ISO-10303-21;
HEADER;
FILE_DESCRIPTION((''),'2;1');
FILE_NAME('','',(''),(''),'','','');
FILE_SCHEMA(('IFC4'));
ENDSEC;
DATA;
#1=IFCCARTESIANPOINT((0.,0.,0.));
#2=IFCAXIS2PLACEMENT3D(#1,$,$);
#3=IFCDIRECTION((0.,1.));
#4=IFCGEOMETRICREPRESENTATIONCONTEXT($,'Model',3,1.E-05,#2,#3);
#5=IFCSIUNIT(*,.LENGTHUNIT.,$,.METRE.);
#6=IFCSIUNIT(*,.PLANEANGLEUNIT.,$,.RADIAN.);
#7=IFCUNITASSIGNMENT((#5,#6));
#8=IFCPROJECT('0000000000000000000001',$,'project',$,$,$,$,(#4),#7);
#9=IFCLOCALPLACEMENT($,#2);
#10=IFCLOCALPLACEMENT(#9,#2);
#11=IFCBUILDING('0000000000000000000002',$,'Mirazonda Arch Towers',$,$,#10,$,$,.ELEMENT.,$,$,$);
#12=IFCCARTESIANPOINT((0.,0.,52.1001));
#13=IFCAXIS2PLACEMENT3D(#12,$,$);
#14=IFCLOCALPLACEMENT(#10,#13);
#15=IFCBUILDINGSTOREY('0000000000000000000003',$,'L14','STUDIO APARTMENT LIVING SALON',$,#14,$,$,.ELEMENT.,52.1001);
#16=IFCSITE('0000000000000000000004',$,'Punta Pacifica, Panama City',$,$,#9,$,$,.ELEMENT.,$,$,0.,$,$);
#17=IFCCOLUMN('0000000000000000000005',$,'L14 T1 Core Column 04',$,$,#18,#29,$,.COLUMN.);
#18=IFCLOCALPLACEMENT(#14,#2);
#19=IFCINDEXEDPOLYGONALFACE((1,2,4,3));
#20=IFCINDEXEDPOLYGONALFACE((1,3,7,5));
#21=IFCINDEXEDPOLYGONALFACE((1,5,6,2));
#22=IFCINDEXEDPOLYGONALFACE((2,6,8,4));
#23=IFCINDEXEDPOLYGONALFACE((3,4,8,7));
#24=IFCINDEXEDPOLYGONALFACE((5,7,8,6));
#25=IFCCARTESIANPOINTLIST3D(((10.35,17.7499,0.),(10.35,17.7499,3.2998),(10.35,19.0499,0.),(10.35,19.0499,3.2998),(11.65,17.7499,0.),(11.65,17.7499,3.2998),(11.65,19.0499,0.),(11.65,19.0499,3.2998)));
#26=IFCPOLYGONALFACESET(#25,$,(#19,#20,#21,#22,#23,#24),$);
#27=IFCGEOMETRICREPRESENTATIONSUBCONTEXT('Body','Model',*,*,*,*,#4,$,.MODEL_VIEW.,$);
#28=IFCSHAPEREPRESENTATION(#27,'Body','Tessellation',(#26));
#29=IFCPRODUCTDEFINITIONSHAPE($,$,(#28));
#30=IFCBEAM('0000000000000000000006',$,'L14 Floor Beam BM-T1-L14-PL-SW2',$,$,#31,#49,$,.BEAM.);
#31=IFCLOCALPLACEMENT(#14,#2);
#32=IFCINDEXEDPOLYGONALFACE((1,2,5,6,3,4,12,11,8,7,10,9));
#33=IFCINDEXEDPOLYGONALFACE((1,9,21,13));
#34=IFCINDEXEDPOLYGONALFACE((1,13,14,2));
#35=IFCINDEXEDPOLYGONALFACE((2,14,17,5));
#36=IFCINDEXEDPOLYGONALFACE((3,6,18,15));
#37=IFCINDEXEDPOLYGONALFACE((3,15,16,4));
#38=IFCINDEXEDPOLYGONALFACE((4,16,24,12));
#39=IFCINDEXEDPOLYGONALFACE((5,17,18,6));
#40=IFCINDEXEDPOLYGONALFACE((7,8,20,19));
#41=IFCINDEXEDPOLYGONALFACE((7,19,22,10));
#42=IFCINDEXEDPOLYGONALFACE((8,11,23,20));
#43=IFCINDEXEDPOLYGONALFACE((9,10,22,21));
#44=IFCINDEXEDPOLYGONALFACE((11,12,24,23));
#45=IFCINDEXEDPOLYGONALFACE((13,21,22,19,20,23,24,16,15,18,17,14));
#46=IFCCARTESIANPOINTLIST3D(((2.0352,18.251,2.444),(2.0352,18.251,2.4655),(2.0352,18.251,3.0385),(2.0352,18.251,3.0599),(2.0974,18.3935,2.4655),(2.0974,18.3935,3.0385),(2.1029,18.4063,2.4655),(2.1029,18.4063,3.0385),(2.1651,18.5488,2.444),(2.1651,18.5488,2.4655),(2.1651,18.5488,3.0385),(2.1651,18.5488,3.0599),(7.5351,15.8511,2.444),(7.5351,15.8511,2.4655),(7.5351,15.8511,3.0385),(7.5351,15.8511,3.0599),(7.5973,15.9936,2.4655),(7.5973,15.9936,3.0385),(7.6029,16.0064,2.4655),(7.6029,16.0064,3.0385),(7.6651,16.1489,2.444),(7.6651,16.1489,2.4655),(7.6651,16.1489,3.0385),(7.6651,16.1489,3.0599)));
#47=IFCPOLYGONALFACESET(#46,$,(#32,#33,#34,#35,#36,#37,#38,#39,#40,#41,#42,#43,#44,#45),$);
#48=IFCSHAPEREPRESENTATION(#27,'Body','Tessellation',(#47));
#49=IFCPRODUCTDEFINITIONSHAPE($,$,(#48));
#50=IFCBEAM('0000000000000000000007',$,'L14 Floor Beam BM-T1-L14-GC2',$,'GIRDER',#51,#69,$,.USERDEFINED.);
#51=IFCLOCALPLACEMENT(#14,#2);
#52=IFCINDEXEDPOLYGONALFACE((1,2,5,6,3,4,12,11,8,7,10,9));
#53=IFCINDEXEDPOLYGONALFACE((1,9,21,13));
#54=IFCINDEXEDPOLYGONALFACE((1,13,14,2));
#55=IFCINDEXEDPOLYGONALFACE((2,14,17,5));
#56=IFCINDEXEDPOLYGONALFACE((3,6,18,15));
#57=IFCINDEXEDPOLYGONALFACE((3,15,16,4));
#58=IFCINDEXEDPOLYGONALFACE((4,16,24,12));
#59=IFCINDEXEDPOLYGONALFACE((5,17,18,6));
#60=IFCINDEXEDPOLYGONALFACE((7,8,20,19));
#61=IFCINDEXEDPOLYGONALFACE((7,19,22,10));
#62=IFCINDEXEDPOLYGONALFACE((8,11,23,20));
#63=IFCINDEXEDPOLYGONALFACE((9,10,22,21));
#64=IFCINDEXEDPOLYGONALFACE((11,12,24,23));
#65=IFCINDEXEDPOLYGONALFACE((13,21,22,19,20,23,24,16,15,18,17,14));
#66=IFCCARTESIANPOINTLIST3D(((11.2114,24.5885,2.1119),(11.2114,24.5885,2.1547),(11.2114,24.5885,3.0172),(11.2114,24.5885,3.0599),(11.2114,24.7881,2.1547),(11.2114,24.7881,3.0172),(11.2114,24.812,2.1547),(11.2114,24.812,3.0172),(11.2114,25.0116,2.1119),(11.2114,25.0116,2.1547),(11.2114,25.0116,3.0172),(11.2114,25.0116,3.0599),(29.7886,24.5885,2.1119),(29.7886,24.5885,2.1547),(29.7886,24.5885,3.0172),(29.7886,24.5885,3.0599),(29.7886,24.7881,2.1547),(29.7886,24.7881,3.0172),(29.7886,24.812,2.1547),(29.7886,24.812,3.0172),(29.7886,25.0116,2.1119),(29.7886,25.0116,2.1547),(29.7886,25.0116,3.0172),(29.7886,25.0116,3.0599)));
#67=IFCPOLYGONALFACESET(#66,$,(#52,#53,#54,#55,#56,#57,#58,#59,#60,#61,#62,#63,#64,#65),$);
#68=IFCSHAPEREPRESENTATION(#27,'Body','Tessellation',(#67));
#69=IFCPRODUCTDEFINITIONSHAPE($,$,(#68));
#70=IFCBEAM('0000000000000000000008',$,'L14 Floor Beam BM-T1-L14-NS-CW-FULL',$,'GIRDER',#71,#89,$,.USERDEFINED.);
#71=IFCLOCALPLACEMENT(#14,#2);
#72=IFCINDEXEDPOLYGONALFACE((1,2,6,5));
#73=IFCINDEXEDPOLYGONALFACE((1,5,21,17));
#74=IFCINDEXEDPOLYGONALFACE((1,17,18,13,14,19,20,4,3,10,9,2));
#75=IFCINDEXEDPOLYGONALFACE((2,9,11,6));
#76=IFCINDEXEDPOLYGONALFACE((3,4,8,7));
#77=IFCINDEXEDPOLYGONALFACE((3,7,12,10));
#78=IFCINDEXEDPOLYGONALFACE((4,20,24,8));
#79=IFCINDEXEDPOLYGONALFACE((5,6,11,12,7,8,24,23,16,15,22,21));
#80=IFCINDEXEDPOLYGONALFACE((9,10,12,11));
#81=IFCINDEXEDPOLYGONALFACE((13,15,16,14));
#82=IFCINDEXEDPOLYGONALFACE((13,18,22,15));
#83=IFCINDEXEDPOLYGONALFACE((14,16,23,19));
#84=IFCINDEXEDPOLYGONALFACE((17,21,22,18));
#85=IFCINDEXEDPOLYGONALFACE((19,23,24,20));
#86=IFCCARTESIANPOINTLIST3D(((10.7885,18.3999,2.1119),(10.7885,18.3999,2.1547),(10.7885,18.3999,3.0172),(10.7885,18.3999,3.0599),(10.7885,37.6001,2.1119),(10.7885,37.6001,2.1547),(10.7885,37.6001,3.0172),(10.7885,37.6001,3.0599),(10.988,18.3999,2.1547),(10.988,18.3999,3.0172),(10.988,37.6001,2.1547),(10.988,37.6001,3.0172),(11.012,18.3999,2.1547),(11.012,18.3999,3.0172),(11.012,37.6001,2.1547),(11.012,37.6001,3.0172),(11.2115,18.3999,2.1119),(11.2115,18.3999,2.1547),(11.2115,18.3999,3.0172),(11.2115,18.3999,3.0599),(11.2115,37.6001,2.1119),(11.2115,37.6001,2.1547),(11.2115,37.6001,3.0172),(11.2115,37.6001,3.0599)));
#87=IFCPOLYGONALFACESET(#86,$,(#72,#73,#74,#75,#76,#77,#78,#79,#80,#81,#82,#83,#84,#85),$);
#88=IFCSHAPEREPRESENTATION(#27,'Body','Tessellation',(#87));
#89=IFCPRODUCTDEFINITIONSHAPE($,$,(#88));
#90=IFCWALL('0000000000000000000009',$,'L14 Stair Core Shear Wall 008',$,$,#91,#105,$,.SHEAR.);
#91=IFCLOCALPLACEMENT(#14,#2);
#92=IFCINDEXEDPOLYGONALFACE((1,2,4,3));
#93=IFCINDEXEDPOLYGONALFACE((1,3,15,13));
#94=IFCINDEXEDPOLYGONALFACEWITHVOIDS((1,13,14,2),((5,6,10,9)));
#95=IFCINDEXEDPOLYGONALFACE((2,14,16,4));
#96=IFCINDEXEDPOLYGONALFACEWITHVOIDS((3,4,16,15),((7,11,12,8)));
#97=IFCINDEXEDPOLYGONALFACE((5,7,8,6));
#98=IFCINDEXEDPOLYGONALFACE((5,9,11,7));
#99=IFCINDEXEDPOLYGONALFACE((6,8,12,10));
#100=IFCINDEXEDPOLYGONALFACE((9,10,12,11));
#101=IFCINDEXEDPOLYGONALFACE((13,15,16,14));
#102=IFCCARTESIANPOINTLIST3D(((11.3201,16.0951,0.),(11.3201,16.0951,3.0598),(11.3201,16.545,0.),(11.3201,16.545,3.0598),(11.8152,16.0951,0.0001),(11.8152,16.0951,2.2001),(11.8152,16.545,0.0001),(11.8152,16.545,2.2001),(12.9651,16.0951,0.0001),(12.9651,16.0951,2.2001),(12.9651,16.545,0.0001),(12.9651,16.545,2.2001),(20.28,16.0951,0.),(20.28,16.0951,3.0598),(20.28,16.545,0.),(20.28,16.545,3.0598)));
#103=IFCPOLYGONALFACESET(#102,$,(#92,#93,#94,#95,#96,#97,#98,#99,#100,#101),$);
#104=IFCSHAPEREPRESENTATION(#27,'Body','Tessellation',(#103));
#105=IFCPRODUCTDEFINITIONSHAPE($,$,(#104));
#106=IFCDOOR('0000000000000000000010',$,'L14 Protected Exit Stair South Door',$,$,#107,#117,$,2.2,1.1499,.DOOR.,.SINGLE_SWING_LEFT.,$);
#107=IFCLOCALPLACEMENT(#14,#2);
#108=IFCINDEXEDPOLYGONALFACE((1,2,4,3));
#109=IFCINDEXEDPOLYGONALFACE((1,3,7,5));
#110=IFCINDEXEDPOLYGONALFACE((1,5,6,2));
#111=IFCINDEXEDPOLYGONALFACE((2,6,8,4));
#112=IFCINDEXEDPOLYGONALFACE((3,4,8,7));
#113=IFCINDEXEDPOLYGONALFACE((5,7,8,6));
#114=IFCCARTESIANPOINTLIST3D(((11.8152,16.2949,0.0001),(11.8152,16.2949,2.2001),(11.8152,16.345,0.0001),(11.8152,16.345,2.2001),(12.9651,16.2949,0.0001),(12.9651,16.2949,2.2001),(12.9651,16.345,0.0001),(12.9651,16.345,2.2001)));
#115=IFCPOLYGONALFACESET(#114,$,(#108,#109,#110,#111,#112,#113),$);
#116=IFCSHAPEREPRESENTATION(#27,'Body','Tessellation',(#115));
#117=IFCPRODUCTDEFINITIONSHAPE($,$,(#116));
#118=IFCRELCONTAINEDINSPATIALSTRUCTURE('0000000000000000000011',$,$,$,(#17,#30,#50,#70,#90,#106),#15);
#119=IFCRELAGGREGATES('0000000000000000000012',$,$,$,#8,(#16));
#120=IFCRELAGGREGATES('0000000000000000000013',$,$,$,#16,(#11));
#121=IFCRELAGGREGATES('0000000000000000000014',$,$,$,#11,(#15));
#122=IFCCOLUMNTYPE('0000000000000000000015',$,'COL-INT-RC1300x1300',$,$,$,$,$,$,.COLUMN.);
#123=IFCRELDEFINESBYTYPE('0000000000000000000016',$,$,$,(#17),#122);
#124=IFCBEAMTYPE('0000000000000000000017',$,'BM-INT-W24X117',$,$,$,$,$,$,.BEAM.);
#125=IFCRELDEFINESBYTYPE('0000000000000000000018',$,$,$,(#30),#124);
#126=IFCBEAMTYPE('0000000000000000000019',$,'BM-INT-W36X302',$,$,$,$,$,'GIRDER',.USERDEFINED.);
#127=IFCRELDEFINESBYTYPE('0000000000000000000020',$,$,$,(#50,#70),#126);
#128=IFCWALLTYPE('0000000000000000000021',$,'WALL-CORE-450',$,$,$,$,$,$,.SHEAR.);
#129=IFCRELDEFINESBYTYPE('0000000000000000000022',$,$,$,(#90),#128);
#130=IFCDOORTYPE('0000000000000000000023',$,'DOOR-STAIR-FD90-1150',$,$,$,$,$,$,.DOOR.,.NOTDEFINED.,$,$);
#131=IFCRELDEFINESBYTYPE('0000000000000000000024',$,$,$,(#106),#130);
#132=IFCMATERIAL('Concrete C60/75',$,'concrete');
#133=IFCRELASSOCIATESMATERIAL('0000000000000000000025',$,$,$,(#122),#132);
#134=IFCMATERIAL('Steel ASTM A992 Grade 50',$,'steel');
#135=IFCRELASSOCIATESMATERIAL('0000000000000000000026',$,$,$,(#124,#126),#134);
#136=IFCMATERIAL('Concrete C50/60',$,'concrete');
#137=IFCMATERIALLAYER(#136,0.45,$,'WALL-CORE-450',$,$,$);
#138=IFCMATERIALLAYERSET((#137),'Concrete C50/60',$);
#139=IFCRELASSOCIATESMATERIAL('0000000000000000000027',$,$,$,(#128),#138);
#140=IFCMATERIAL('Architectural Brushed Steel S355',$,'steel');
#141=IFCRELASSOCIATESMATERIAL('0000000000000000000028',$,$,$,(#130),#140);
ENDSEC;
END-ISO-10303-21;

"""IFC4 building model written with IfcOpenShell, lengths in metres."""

from ifc_helpers import new_model, si_unit, direction, frame, frame_2d, origin, origin_2d, place, context, subcontext, project, spatial, rectangle, i_section, extrude, material, layer, layer_set, material_profile, profile_set, type_object, element, fill, save


model = new_model("IFC4")

# Units and contexts
model_context = context("Model", 3, precision=1e-05, world=origin(), true_north=direction((0.0, 1.0)))
body_context = subcontext(model_context, "Body", "Model", "MODEL_VIEW")
ifc_project = project(units=[si_unit("LENGTHUNIT", "METRE"), si_unit("PLANEANGLEUNIT", "RADIAN")], contexts=[model_context])

# Site, building, storey
site_placement = place(None, origin())
site = spatial("IfcSite", under=ifc_project, at=site_placement, Name="Punta Pacifica, Panama City", CompositionType="ELEMENT", RefElevation=0.0)
building_placement = place(site_placement, origin())
building = spatial("IfcBuilding", under=site, at=building_placement, Name="Mirazonda Arch Towers", CompositionType="ELEMENT")
storey_placement = place(building_placement, frame((0.0, 0.0, 52.1001)))
storey = spatial("IfcBuildingStorey", under=building, at=storey_placement, Name="L14", Description="STUDIO APARTMENT LIVING SALON", CompositionType="ELEMENT", Elevation=52.1001)

# Column
ifc_material_1 = material(Name="Concrete C60/75", Category="concrete")
ifc_material_profile_1 = material_profile(ifc_material_1, rectangle(XDim=1.3, YDim=1.3, at=origin_2d()), Name="RC1300x1300")
ifc_profile_set_1 = profile_set([ifc_material_profile_1], Name="Concrete C60/75")
column_type = type_object("IfcColumnType", Name="COL-INT-RC1300x1300", PredefinedType="COLUMN", material=ifc_profile_set_1)
column_placement = place(storey_placement, frame((11.0, 18.3999, 0.0), z_axis=(0.0, 0.0, 1.0), x_axis=(1.0, 0.0, 0.0)))
element("IfcColumn", 1, at=column_placement, inside=storey, type_object=column_type, Name="L14 T1 Core Column 04", PredefinedType="COLUMN", context=body_context, shape_type="SweptSolid", body=[
    extrude(rectangle(XDim=1.3, YDim=1.3, at=origin_2d()), origin(), (0.0, 0.0, 1.0), 3.2998),
])

# Beams
ifc_material_2 = material(Name="Steel ASTM A992 Grade 50", Category="steel")
ifc_material_profile_2 = material_profile(ifc_material_2, i_section(OverallWidth=0.325, OverallDepth=0.616, WebThickness=0.0139, FlangeThickness=0.0215, at=origin_2d()), Name="W24X117")
ifc_profile_set_2 = profile_set([ifc_material_profile_2], Name="Steel ASTM A992 Grade 50")
beam_type_1 = type_object("IfcBeamType", Name="BM-INT-W24X117", PredefinedType="BEAM", material=ifc_profile_set_2)
beam_1_placement = place(storey_placement, frame((7.6001, 16.0, 2.752), z_axis=(-0.916545, 0.399931, 0.0), x_axis=(-0.399931, -0.916545, 0.0)))
element("IfcBeam", 2, at=beam_1_placement, inside=storey, type_object=beam_type_1, Name="L14 Floor Beam BM-T1-L14-PL-SW2", PredefinedType="BEAM", context=body_context, shape_type="SweptSolid", body=[
    extrude(i_section(OverallWidth=0.325, OverallDepth=0.616, WebThickness=0.0139, FlangeThickness=0.0215, at=origin_2d()), origin(), (0.0, 0.0, 1.0), 6.0007),
])
ifc_material_profile_3 = material_profile(ifc_material_2, i_section(OverallWidth=0.4231, OverallDepth=0.948, WebThickness=0.0239, FlangeThickness=0.0427, at=origin_2d()), Name="W36X302")
ifc_profile_set_3 = profile_set([ifc_material_profile_3], Name="Steel ASTM A992 Grade 50")
beam_type_2 = type_object("IfcBeamType", Name="BM-INT-W36X302", ElementType="GIRDER", PredefinedType="USERDEFINED", material=ifc_profile_set_3)
beam_2_placement = place(storey_placement, frame((11.2114, 24.8, 2.5859), z_axis=(1.0, 0.0, 0.0), x_axis=(0.0, 1.0, 0.0)))
element("IfcBeam", 3, at=beam_2_placement, inside=storey, type_object=beam_type_2, Name="L14 Floor Beam BM-T1-L14-GC2", ObjectType="GIRDER", PredefinedType="USERDEFINED", context=body_context, shape_type="SweptSolid", body=[
    extrude(i_section(OverallWidth=0.4231, OverallDepth=0.948, WebThickness=0.0239, FlangeThickness=0.0427, at=origin_2d()), origin(), (0.0, 0.0, 1.0), 18.5771),
])
beam_3_placement = place(storey_placement, frame((11.0, 18.3999, 2.5859), z_axis=(0.0, 1.0, 0.0), x_axis=(-1.0, 0.0, 0.0)))
element("IfcBeam", 4, at=beam_3_placement, inside=storey, type_object=beam_type_2, Name="L14 Floor Beam BM-T1-L14-NS-CW-FULL", ObjectType="GIRDER", PredefinedType="USERDEFINED", context=body_context, shape_type="SweptSolid", body=[
    extrude(i_section(OverallWidth=0.4231, OverallDepth=0.948, WebThickness=0.0239, FlangeThickness=0.0427, at=origin_2d()), origin(), (0.0, 0.0, 1.0), 19.2002),
])

# Wall, opening, door
ifc_material_3 = material(Name="Concrete C50/60", Category="concrete")
ifc_layer_1 = layer(ifc_material_3, 0.45, Name="WALL-CORE-450")
ifc_layer_set_1 = layer_set([ifc_layer_1], Name="Concrete C50/60")
wall_type_1 = type_object("IfcWallType", Name="WALL-CORE-450", PredefinedType="SHEAR", material=ifc_layer_set_1)
wall_1_placement = place(storey_placement, frame((11.3201, 16.3201, 0.0), z_axis=(0.0, 0.0, 1.0), x_axis=(1.0, 0.0, 0.0)))
wall_1 = element("IfcWall", 5, at=wall_1_placement, inside=storey, type_object=wall_type_1, Name="L14 Stair Core Shear Wall 008", PredefinedType="SHEAR", context=body_context, shape_type="SweptSolid", body=[
    extrude(rectangle(XDim=8.96, YDim=0.45, at=frame_2d((4.48, 0.0))), origin(), (0.0, 0.0, 1.0), 3.0598),
])
opening_1_placement = place(wall_1_placement, frame((0.4951, 0.0, 0.0)))
opening_1 = element("IfcOpeningElement", 6, at=opening_1_placement, cuts=wall_1, PredefinedType="OPENING", context=body_context, shape_type="SweptSolid", body=[
    extrude(rectangle(XDim=1.1499, YDim=2.2, at=frame_2d((0.575, 1.1001))), frame((0.0, 0.2349, 0.0), z_axis=(0.0, -1.0, 0.0), x_axis=(1.0, 0.0, 0.0)), (0.0, 0.0, 1.0), 0.47),
])
ifc_material_4 = material(Name="Architectural Brushed Steel S355", Category="steel")
door_type_1 = type_object("IfcDoorType", Name="DOOR-STAIR-FD90-1150", OperationType="NOTDEFINED", PredefinedType="DOOR", material=ifc_material_4)
door_1_placement = place(opening_1_placement, origin())
door_1 = element("IfcDoor", 7, at=door_1_placement, inside=storey, type_object=door_type_1, Name="L14 Protected Exit Stair South Door", OperationType="SINGLE_SWING_LEFT", OverallHeight=2.2, OverallWidth=1.1499, PredefinedType="DOOR", context=body_context, shape_type="SweptSolid", body=[
    extrude(rectangle(XDim=1.1499, YDim=2.2, at=frame_2d((0.575, 1.1001))), frame((0.0, 0.0249, 0.0), z_axis=(0.0, -1.0, 0.0), x_axis=(1.0, 0.0, 0.0)), (0.0, 0.0, 1.0), 0.05),
])
fill(opening_1, door_1)

save(model, "model.ifc")
